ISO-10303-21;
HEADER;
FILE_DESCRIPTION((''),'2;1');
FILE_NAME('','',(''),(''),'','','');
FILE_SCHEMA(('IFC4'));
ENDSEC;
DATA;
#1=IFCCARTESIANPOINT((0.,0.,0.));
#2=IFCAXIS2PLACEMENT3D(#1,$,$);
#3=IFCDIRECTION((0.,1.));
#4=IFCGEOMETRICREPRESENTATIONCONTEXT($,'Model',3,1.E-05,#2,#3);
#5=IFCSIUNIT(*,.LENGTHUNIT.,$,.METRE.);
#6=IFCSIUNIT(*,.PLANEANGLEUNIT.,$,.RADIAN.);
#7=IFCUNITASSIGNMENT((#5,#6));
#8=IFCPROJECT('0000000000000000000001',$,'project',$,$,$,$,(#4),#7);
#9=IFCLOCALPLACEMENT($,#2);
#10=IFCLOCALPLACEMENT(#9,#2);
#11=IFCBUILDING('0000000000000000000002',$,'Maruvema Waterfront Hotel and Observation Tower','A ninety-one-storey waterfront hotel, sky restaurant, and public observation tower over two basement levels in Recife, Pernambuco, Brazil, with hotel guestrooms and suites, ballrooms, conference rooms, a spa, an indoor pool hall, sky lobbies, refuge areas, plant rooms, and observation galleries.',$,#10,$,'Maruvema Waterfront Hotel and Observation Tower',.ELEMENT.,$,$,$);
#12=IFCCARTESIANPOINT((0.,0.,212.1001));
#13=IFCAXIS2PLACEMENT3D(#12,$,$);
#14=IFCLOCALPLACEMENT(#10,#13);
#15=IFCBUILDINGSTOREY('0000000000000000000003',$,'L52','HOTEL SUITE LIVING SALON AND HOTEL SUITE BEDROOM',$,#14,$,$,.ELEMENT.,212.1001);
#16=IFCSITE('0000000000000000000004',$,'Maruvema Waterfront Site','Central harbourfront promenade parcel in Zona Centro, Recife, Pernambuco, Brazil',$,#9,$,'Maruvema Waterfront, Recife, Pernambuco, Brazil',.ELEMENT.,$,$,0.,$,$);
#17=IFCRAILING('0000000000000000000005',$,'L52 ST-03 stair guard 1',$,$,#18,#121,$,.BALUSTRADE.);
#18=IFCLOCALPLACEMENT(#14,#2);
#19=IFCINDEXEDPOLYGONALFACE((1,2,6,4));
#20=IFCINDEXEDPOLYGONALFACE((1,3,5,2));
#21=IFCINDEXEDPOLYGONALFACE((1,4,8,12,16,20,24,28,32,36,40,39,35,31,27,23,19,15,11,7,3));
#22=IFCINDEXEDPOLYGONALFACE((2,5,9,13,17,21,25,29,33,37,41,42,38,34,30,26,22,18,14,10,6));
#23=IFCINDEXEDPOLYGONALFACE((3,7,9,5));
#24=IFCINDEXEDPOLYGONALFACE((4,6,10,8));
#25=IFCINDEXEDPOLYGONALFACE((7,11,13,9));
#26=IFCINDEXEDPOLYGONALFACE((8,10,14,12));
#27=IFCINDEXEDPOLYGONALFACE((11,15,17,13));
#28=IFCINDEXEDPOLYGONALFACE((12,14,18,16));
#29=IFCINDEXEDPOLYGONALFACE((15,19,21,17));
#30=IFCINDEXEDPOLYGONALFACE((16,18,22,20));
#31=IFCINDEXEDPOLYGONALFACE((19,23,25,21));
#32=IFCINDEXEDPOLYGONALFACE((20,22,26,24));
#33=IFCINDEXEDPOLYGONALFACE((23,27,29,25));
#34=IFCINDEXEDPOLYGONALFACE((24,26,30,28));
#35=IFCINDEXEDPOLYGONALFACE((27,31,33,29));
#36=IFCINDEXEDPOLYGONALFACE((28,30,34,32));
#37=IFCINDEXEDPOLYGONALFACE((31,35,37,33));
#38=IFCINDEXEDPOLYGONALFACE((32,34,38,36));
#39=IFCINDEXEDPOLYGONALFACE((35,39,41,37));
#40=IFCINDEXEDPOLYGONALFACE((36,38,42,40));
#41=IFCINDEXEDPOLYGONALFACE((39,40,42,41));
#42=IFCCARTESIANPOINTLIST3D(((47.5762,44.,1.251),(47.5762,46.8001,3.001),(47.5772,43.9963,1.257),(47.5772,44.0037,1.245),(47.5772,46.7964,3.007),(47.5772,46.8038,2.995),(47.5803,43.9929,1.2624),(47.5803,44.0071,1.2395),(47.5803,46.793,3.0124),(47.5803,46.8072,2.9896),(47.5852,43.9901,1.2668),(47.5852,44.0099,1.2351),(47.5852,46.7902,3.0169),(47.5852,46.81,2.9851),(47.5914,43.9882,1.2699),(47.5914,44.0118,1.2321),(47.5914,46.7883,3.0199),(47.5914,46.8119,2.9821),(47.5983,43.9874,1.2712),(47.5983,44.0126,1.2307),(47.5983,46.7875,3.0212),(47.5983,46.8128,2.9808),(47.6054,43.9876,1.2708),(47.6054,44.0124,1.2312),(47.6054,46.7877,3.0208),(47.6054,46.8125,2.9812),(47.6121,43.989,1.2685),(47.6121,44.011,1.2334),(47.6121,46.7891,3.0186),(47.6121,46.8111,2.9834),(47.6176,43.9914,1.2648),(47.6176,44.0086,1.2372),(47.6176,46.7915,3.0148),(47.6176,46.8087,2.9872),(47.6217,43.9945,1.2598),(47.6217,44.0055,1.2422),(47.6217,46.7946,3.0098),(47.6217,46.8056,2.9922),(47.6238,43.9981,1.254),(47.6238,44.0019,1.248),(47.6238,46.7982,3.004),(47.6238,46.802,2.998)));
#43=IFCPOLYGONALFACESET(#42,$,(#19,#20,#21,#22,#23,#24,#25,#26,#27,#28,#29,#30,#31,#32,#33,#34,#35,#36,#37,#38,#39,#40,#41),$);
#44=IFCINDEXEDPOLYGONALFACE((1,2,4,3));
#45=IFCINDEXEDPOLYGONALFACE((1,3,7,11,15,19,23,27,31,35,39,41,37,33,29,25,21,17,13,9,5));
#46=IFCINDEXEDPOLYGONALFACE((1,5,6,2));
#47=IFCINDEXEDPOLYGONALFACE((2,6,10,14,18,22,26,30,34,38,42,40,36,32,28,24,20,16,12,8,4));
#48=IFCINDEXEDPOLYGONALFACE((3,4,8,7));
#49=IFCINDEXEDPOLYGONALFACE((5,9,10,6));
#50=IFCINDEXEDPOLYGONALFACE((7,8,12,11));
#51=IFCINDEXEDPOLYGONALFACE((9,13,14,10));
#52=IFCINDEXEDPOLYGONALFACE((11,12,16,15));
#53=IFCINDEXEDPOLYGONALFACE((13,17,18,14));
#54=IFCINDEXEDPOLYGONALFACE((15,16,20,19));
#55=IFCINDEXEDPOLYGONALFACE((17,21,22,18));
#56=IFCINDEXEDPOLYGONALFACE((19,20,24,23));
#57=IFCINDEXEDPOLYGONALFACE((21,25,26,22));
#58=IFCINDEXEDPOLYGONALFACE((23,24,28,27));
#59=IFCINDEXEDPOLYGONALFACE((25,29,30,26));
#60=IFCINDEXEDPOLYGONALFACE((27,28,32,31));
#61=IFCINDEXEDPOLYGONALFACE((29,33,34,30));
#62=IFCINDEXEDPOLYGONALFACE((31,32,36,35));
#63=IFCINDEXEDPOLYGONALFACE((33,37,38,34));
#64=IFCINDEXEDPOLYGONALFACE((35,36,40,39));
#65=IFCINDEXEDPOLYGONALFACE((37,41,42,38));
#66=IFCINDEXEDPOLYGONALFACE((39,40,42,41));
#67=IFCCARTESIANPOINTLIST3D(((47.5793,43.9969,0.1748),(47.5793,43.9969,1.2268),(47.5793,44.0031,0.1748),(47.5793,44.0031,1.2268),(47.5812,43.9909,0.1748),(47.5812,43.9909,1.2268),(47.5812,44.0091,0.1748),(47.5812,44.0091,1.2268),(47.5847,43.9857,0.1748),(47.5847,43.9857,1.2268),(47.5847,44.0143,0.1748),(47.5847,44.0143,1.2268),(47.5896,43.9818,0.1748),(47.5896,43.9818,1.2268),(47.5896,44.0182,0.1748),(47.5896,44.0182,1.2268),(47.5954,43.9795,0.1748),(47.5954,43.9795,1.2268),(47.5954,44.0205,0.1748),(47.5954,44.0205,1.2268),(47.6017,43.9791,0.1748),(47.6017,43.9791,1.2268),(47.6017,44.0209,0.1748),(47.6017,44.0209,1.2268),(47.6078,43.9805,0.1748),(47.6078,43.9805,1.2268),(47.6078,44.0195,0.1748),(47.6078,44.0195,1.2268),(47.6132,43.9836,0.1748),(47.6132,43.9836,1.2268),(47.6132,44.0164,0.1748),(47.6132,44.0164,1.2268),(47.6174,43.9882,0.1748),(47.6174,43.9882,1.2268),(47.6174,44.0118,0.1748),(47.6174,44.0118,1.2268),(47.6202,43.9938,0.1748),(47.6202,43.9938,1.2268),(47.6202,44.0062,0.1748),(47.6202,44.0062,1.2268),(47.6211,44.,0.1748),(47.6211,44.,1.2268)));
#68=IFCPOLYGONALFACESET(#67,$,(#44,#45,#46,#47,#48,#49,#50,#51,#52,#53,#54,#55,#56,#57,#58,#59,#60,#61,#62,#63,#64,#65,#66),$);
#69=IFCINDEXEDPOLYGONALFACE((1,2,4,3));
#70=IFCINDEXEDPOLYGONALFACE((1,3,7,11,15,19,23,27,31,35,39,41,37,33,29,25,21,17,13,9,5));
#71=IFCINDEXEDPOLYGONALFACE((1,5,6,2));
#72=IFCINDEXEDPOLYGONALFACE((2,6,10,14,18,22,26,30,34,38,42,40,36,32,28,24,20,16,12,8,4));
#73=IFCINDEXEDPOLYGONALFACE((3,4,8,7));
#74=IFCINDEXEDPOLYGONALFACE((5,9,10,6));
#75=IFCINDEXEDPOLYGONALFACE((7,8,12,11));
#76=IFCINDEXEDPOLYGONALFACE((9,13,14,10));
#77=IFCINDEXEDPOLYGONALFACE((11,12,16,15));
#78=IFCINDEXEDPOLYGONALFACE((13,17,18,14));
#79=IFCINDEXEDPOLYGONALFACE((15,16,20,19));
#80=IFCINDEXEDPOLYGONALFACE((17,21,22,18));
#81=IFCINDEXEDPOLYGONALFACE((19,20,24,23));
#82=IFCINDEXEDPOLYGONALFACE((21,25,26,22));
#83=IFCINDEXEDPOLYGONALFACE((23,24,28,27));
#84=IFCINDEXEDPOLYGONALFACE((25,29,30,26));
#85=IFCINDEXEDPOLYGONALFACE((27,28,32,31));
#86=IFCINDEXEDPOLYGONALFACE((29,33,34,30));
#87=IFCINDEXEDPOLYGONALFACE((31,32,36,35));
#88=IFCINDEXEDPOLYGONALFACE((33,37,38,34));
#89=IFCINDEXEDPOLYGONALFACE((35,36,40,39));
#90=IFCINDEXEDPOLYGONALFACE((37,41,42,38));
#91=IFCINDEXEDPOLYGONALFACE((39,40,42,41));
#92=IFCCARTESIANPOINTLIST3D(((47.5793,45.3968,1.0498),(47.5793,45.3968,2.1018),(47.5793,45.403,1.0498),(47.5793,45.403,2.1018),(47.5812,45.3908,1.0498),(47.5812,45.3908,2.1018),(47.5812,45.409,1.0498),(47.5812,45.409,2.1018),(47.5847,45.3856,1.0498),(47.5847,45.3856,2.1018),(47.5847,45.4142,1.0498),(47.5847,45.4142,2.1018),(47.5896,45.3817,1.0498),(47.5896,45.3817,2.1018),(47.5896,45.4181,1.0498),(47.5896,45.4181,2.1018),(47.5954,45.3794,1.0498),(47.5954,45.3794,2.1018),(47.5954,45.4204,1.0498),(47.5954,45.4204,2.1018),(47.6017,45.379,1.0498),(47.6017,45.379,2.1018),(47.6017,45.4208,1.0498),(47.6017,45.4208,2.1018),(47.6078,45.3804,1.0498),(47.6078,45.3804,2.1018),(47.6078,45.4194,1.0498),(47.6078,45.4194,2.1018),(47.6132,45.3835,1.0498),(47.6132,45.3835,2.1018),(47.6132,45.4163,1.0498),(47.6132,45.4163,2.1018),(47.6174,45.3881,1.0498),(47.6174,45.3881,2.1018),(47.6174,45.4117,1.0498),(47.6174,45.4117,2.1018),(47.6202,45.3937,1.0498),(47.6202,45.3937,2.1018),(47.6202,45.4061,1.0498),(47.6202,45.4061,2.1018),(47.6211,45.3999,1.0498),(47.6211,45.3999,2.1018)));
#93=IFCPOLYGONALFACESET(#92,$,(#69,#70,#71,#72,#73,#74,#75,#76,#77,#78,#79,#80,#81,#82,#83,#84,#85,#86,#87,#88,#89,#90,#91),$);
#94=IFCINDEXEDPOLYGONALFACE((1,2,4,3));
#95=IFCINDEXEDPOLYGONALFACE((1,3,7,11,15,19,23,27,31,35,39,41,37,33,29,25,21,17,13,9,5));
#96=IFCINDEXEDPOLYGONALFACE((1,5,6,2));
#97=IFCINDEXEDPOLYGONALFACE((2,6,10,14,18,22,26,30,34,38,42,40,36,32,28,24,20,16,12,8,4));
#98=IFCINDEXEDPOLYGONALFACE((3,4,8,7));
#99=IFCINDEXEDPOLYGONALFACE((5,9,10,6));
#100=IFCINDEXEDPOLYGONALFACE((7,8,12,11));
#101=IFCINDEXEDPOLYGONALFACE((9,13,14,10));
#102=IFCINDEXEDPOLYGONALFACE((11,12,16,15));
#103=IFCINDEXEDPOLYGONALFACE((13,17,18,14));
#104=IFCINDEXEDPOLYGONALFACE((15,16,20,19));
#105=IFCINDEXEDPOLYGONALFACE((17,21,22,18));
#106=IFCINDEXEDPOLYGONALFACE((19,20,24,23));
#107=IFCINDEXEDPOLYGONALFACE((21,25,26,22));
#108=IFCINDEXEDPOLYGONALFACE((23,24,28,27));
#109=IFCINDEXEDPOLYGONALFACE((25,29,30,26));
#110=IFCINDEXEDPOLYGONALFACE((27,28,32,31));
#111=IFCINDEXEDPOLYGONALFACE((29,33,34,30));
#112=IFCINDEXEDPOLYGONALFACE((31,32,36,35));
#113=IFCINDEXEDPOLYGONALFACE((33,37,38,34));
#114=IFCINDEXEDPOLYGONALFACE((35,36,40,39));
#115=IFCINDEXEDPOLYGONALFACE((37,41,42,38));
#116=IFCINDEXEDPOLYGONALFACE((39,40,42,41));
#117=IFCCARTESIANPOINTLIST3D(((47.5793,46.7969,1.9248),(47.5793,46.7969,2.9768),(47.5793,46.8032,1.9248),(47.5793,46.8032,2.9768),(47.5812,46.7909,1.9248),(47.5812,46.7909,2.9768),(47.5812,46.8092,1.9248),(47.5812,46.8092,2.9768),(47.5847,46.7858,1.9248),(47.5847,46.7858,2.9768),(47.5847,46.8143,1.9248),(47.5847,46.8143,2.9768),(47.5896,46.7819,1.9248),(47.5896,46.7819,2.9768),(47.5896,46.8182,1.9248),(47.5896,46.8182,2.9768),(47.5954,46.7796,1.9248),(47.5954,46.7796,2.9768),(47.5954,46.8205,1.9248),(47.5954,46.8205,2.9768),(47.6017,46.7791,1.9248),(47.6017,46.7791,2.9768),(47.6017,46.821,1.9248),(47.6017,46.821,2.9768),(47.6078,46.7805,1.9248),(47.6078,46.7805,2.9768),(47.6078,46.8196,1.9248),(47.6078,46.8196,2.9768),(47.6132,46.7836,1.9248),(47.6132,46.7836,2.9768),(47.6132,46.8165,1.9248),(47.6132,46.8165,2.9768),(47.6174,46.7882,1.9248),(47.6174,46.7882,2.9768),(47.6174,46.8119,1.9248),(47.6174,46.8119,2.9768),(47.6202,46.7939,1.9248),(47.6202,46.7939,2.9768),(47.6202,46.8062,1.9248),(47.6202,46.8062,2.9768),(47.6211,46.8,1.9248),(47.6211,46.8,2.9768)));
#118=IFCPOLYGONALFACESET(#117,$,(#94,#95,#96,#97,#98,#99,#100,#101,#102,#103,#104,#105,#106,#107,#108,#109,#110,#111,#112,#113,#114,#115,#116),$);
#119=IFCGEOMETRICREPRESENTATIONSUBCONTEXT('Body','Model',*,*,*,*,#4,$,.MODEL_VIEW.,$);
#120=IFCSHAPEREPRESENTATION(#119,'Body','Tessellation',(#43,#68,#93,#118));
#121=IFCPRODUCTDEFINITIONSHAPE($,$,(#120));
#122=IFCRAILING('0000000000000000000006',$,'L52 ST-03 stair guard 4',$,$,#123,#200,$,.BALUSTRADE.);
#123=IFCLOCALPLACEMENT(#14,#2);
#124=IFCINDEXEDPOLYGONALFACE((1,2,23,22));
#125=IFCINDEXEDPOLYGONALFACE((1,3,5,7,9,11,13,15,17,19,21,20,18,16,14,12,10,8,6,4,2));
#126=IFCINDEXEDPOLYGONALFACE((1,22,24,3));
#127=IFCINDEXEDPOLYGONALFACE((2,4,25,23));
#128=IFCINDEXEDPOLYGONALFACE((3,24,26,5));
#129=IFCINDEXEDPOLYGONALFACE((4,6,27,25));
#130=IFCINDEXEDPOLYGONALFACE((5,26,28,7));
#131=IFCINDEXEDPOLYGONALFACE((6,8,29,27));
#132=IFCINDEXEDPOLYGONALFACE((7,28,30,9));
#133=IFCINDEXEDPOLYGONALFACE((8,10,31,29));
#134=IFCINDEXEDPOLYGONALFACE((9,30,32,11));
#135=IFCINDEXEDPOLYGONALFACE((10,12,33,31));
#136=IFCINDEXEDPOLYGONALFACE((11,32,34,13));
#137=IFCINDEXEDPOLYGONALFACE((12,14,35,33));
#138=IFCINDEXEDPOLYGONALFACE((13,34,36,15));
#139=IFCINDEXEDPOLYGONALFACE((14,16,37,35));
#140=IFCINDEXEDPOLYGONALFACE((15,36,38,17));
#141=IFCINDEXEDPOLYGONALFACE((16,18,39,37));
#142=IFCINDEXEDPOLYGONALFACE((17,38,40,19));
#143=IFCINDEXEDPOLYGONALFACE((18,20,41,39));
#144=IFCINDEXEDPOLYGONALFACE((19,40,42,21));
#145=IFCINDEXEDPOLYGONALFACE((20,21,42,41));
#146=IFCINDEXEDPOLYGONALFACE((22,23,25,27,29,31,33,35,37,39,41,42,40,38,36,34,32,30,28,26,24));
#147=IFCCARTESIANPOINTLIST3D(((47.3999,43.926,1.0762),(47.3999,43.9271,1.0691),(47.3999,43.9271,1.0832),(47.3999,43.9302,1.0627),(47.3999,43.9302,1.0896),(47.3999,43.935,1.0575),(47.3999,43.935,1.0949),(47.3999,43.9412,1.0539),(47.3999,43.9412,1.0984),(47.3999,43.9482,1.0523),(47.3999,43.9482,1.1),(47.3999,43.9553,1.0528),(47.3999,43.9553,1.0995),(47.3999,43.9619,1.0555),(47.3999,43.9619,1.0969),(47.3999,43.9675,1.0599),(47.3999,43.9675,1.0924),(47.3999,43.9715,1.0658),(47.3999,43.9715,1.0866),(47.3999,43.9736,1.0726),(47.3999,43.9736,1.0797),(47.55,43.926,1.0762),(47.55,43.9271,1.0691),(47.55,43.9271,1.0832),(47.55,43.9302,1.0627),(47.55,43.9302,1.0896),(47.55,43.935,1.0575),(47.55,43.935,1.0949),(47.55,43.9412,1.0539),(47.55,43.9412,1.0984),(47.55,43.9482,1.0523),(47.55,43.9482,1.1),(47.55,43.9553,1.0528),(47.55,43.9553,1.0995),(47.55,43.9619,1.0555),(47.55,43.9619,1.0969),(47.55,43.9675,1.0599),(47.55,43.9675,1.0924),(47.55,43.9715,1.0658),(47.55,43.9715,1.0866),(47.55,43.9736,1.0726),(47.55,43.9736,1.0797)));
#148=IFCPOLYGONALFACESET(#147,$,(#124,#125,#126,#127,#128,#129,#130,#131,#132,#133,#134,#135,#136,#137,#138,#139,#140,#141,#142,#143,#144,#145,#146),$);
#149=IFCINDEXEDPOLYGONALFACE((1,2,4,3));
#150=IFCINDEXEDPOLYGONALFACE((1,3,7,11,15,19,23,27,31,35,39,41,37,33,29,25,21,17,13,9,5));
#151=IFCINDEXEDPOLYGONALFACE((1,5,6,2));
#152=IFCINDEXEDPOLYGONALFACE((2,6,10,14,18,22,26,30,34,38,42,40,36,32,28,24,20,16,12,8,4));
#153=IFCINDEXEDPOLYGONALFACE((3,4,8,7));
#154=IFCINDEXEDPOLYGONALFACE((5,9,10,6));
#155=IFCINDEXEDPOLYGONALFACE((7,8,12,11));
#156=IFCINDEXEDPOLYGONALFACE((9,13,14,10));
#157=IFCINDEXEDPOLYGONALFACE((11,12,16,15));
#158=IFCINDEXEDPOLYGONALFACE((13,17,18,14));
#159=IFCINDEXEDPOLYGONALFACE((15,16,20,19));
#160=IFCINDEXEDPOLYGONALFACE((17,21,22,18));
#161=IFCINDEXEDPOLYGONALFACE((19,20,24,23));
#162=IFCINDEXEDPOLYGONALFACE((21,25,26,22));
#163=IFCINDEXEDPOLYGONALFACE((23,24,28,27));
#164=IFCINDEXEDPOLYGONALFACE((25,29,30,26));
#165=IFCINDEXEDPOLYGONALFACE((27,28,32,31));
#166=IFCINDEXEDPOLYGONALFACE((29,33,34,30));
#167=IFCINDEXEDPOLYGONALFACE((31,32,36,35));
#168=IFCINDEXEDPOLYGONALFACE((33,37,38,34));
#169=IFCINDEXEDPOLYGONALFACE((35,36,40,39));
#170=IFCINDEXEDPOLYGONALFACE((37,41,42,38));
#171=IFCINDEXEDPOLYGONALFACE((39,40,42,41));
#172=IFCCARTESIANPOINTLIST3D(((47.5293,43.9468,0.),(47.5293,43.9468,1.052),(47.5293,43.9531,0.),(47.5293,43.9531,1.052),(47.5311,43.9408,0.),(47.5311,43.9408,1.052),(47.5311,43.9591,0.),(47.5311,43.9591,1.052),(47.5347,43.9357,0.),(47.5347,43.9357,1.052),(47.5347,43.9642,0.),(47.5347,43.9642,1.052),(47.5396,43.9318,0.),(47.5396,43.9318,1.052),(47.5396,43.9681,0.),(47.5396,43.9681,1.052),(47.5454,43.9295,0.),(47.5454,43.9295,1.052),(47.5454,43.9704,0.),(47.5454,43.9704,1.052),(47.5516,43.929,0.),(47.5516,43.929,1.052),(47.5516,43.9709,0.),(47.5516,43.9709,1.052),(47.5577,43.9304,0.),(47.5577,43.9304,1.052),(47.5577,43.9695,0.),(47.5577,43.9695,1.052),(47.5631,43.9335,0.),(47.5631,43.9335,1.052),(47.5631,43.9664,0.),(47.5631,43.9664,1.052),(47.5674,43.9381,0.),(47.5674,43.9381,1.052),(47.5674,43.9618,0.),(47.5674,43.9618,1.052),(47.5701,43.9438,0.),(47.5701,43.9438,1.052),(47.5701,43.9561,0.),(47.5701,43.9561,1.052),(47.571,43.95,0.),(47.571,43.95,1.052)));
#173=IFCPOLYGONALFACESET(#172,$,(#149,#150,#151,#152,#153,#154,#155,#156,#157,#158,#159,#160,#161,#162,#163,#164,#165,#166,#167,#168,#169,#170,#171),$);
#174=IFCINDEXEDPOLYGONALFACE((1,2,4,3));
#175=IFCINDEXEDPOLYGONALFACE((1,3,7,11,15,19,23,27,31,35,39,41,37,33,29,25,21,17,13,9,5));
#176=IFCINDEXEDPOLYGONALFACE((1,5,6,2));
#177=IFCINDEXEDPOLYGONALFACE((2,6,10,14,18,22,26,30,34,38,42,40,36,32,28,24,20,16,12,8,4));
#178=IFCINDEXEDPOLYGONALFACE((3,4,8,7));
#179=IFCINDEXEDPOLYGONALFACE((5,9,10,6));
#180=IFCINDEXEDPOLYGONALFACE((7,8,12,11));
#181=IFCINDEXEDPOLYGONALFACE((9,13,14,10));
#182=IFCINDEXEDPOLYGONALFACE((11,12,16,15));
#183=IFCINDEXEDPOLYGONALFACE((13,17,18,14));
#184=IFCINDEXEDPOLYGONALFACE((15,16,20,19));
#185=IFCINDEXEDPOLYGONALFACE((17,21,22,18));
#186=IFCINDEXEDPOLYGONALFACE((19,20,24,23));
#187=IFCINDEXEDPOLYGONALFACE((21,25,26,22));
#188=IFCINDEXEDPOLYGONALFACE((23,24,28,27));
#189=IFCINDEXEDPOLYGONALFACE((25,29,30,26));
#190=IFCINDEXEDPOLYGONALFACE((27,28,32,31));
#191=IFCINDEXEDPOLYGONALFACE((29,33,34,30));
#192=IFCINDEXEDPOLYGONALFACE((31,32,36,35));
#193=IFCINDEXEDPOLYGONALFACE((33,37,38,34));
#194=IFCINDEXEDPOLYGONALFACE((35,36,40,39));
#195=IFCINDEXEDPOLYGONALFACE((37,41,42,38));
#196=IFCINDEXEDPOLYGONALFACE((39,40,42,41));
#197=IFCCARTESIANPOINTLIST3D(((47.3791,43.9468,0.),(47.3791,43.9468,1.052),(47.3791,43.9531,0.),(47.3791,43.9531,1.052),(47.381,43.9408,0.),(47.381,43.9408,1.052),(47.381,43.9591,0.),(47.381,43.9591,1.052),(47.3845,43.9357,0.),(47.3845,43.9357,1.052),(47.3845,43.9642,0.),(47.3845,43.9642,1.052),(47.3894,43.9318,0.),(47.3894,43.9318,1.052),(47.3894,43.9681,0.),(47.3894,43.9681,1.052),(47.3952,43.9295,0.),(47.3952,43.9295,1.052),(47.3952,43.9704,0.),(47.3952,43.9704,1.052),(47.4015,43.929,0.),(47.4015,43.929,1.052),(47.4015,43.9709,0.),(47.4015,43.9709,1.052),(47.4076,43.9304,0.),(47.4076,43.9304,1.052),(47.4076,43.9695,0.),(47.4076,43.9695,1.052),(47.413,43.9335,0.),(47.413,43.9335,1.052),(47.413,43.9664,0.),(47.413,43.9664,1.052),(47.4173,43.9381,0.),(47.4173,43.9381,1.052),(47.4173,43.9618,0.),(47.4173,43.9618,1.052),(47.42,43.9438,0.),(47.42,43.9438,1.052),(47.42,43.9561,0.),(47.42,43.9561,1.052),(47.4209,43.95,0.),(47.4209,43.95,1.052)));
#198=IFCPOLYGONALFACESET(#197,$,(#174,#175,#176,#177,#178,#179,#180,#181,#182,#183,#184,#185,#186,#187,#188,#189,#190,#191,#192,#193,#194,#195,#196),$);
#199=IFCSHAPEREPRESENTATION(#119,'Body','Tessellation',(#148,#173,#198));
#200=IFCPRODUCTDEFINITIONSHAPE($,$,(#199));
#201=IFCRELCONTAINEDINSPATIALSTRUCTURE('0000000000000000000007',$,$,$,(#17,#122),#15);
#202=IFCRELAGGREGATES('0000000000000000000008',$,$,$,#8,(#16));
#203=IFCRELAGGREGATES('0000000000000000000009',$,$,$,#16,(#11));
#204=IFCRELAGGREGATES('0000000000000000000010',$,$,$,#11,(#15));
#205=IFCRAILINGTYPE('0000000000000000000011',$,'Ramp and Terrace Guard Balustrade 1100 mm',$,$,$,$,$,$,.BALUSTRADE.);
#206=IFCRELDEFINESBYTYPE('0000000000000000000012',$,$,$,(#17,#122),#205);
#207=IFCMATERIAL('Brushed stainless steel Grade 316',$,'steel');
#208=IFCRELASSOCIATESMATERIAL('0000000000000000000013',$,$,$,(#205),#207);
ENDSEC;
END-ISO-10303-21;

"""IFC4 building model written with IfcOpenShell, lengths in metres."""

from ifc_helpers import new_model, si_unit, direction, frame, origin, origin_2d, place, context, subcontext, project, spatial, circle, extrude, material, type_object, element, save


model = new_model("IFC4")

# Units and contexts
model_context = context("Model", 3, precision=1e-05, world=origin(), true_north=direction((0.0, 1.0)))
body_context = subcontext(model_context, "Body", "Model", "MODEL_VIEW")
ifc_project = project(units=[si_unit("LENGTHUNIT", "METRE"), si_unit("PLANEANGLEUNIT", "RADIAN")], contexts=[model_context])

# Site, building, storey
site_placement = place(None, origin())
site = spatial("IfcSite", under=ifc_project, at=site_placement, Name="Maruvema Waterfront Site", Description="Central harbourfront promenade parcel in Zona Centro, Recife, Pernambuco, Brazil", LongName="Maruvema Waterfront, Recife, Pernambuco, Brazil", CompositionType="ELEMENT", RefElevation=0.0)
building_placement = place(site_placement, origin())
building = spatial("IfcBuilding", under=site, at=building_placement, Name="Maruvema Waterfront Hotel and Observation Tower", Description="A ninety-one-storey waterfront hotel, sky restaurant, and public observation tower over two basement levels in Recife, Pernambuco, Brazil, with hotel guestrooms and suites, ballrooms, conference rooms, a spa, an indoor pool hall, sky lobbies, refuge areas, plant rooms, and observation galleries.", LongName="Maruvema Waterfront Hotel and Observation Tower", CompositionType="ELEMENT")
storey_placement = place(building_placement, frame((0.0, 0.0, 212.1001)))
storey = spatial("IfcBuildingStorey", under=building, at=storey_placement, Name="L52", Description="HOTEL SUITE LIVING SALON AND HOTEL SUITE BEDROOM", CompositionType="ELEMENT", Elevation=212.1001)

# Railings
ifc_material_1 = material(Name="Brushed stainless steel Grade 316", Category="steel")
railing_type_1 = type_object("IfcRailingType", Name="Ramp and Terrace Guard Balustrade 1100 mm", PredefinedType="BALUSTRADE", material=ifc_material_1)
railing_1_placement = place(storey_placement, frame((47.6001, 44.0, 0.1748)))
element("IfcRailing", 1, at=railing_1_placement, inside=storey, type_object=railing_type_1, Name="L52 ST-03 stair guard 1", PredefinedType="BALUSTRADE", context=body_context, shape_type="SweptSolid", body=[
    extrude(circle(Radius=0.0239, at=origin_2d()), frame((0.0, 0.0, 1.0762), z_axis=(0.0, 0.848002, 0.529992), x_axis=(-1.0, 0.0, 0.0)), (0.0, 0.0, 1.0), 3.302),
    extrude(circle(Radius=0.021, at=origin_2d()), origin(), (0.0, 0.0, 1.0), 1.052),
    extrude(circle(Radius=0.021, at=origin_2d()), frame((0.0, 1.3999, 0.875)), (0.0, 0.0, 1.0), 1.052),
    extrude(circle(Radius=0.021, at=origin_2d()), frame((0.0, 2.8, 1.75)), (0.0, 0.0, 1.0), 1.052),
])
railing_2_placement = place(storey_placement, frame((47.55, 43.95, 0.0)))
element("IfcRailing", 2, at=railing_2_placement, inside=storey, type_object=railing_type_1, Name="L52 ST-03 stair guard 4", PredefinedType="BALUSTRADE", context=body_context, shape_type="SweptSolid", body=[
    extrude(circle(Radius=0.0239, at=origin_2d()), frame((0.0, 0.0, 1.0762), z_axis=(-1.0, 0.0, 0.0), x_axis=(0.0, -1.0, 0.0)), (0.0, 0.0, 1.0), 0.1501),
    extrude(circle(Radius=0.021, at=origin_2d()), origin(), (0.0, 0.0, 1.0), 1.052),
    extrude(circle(Radius=0.021, at=origin_2d()), frame((-0.1501, 0.0, 0.0)), (0.0, 0.0, 1.0), 1.052),
])

save(model, "model.ifc")
